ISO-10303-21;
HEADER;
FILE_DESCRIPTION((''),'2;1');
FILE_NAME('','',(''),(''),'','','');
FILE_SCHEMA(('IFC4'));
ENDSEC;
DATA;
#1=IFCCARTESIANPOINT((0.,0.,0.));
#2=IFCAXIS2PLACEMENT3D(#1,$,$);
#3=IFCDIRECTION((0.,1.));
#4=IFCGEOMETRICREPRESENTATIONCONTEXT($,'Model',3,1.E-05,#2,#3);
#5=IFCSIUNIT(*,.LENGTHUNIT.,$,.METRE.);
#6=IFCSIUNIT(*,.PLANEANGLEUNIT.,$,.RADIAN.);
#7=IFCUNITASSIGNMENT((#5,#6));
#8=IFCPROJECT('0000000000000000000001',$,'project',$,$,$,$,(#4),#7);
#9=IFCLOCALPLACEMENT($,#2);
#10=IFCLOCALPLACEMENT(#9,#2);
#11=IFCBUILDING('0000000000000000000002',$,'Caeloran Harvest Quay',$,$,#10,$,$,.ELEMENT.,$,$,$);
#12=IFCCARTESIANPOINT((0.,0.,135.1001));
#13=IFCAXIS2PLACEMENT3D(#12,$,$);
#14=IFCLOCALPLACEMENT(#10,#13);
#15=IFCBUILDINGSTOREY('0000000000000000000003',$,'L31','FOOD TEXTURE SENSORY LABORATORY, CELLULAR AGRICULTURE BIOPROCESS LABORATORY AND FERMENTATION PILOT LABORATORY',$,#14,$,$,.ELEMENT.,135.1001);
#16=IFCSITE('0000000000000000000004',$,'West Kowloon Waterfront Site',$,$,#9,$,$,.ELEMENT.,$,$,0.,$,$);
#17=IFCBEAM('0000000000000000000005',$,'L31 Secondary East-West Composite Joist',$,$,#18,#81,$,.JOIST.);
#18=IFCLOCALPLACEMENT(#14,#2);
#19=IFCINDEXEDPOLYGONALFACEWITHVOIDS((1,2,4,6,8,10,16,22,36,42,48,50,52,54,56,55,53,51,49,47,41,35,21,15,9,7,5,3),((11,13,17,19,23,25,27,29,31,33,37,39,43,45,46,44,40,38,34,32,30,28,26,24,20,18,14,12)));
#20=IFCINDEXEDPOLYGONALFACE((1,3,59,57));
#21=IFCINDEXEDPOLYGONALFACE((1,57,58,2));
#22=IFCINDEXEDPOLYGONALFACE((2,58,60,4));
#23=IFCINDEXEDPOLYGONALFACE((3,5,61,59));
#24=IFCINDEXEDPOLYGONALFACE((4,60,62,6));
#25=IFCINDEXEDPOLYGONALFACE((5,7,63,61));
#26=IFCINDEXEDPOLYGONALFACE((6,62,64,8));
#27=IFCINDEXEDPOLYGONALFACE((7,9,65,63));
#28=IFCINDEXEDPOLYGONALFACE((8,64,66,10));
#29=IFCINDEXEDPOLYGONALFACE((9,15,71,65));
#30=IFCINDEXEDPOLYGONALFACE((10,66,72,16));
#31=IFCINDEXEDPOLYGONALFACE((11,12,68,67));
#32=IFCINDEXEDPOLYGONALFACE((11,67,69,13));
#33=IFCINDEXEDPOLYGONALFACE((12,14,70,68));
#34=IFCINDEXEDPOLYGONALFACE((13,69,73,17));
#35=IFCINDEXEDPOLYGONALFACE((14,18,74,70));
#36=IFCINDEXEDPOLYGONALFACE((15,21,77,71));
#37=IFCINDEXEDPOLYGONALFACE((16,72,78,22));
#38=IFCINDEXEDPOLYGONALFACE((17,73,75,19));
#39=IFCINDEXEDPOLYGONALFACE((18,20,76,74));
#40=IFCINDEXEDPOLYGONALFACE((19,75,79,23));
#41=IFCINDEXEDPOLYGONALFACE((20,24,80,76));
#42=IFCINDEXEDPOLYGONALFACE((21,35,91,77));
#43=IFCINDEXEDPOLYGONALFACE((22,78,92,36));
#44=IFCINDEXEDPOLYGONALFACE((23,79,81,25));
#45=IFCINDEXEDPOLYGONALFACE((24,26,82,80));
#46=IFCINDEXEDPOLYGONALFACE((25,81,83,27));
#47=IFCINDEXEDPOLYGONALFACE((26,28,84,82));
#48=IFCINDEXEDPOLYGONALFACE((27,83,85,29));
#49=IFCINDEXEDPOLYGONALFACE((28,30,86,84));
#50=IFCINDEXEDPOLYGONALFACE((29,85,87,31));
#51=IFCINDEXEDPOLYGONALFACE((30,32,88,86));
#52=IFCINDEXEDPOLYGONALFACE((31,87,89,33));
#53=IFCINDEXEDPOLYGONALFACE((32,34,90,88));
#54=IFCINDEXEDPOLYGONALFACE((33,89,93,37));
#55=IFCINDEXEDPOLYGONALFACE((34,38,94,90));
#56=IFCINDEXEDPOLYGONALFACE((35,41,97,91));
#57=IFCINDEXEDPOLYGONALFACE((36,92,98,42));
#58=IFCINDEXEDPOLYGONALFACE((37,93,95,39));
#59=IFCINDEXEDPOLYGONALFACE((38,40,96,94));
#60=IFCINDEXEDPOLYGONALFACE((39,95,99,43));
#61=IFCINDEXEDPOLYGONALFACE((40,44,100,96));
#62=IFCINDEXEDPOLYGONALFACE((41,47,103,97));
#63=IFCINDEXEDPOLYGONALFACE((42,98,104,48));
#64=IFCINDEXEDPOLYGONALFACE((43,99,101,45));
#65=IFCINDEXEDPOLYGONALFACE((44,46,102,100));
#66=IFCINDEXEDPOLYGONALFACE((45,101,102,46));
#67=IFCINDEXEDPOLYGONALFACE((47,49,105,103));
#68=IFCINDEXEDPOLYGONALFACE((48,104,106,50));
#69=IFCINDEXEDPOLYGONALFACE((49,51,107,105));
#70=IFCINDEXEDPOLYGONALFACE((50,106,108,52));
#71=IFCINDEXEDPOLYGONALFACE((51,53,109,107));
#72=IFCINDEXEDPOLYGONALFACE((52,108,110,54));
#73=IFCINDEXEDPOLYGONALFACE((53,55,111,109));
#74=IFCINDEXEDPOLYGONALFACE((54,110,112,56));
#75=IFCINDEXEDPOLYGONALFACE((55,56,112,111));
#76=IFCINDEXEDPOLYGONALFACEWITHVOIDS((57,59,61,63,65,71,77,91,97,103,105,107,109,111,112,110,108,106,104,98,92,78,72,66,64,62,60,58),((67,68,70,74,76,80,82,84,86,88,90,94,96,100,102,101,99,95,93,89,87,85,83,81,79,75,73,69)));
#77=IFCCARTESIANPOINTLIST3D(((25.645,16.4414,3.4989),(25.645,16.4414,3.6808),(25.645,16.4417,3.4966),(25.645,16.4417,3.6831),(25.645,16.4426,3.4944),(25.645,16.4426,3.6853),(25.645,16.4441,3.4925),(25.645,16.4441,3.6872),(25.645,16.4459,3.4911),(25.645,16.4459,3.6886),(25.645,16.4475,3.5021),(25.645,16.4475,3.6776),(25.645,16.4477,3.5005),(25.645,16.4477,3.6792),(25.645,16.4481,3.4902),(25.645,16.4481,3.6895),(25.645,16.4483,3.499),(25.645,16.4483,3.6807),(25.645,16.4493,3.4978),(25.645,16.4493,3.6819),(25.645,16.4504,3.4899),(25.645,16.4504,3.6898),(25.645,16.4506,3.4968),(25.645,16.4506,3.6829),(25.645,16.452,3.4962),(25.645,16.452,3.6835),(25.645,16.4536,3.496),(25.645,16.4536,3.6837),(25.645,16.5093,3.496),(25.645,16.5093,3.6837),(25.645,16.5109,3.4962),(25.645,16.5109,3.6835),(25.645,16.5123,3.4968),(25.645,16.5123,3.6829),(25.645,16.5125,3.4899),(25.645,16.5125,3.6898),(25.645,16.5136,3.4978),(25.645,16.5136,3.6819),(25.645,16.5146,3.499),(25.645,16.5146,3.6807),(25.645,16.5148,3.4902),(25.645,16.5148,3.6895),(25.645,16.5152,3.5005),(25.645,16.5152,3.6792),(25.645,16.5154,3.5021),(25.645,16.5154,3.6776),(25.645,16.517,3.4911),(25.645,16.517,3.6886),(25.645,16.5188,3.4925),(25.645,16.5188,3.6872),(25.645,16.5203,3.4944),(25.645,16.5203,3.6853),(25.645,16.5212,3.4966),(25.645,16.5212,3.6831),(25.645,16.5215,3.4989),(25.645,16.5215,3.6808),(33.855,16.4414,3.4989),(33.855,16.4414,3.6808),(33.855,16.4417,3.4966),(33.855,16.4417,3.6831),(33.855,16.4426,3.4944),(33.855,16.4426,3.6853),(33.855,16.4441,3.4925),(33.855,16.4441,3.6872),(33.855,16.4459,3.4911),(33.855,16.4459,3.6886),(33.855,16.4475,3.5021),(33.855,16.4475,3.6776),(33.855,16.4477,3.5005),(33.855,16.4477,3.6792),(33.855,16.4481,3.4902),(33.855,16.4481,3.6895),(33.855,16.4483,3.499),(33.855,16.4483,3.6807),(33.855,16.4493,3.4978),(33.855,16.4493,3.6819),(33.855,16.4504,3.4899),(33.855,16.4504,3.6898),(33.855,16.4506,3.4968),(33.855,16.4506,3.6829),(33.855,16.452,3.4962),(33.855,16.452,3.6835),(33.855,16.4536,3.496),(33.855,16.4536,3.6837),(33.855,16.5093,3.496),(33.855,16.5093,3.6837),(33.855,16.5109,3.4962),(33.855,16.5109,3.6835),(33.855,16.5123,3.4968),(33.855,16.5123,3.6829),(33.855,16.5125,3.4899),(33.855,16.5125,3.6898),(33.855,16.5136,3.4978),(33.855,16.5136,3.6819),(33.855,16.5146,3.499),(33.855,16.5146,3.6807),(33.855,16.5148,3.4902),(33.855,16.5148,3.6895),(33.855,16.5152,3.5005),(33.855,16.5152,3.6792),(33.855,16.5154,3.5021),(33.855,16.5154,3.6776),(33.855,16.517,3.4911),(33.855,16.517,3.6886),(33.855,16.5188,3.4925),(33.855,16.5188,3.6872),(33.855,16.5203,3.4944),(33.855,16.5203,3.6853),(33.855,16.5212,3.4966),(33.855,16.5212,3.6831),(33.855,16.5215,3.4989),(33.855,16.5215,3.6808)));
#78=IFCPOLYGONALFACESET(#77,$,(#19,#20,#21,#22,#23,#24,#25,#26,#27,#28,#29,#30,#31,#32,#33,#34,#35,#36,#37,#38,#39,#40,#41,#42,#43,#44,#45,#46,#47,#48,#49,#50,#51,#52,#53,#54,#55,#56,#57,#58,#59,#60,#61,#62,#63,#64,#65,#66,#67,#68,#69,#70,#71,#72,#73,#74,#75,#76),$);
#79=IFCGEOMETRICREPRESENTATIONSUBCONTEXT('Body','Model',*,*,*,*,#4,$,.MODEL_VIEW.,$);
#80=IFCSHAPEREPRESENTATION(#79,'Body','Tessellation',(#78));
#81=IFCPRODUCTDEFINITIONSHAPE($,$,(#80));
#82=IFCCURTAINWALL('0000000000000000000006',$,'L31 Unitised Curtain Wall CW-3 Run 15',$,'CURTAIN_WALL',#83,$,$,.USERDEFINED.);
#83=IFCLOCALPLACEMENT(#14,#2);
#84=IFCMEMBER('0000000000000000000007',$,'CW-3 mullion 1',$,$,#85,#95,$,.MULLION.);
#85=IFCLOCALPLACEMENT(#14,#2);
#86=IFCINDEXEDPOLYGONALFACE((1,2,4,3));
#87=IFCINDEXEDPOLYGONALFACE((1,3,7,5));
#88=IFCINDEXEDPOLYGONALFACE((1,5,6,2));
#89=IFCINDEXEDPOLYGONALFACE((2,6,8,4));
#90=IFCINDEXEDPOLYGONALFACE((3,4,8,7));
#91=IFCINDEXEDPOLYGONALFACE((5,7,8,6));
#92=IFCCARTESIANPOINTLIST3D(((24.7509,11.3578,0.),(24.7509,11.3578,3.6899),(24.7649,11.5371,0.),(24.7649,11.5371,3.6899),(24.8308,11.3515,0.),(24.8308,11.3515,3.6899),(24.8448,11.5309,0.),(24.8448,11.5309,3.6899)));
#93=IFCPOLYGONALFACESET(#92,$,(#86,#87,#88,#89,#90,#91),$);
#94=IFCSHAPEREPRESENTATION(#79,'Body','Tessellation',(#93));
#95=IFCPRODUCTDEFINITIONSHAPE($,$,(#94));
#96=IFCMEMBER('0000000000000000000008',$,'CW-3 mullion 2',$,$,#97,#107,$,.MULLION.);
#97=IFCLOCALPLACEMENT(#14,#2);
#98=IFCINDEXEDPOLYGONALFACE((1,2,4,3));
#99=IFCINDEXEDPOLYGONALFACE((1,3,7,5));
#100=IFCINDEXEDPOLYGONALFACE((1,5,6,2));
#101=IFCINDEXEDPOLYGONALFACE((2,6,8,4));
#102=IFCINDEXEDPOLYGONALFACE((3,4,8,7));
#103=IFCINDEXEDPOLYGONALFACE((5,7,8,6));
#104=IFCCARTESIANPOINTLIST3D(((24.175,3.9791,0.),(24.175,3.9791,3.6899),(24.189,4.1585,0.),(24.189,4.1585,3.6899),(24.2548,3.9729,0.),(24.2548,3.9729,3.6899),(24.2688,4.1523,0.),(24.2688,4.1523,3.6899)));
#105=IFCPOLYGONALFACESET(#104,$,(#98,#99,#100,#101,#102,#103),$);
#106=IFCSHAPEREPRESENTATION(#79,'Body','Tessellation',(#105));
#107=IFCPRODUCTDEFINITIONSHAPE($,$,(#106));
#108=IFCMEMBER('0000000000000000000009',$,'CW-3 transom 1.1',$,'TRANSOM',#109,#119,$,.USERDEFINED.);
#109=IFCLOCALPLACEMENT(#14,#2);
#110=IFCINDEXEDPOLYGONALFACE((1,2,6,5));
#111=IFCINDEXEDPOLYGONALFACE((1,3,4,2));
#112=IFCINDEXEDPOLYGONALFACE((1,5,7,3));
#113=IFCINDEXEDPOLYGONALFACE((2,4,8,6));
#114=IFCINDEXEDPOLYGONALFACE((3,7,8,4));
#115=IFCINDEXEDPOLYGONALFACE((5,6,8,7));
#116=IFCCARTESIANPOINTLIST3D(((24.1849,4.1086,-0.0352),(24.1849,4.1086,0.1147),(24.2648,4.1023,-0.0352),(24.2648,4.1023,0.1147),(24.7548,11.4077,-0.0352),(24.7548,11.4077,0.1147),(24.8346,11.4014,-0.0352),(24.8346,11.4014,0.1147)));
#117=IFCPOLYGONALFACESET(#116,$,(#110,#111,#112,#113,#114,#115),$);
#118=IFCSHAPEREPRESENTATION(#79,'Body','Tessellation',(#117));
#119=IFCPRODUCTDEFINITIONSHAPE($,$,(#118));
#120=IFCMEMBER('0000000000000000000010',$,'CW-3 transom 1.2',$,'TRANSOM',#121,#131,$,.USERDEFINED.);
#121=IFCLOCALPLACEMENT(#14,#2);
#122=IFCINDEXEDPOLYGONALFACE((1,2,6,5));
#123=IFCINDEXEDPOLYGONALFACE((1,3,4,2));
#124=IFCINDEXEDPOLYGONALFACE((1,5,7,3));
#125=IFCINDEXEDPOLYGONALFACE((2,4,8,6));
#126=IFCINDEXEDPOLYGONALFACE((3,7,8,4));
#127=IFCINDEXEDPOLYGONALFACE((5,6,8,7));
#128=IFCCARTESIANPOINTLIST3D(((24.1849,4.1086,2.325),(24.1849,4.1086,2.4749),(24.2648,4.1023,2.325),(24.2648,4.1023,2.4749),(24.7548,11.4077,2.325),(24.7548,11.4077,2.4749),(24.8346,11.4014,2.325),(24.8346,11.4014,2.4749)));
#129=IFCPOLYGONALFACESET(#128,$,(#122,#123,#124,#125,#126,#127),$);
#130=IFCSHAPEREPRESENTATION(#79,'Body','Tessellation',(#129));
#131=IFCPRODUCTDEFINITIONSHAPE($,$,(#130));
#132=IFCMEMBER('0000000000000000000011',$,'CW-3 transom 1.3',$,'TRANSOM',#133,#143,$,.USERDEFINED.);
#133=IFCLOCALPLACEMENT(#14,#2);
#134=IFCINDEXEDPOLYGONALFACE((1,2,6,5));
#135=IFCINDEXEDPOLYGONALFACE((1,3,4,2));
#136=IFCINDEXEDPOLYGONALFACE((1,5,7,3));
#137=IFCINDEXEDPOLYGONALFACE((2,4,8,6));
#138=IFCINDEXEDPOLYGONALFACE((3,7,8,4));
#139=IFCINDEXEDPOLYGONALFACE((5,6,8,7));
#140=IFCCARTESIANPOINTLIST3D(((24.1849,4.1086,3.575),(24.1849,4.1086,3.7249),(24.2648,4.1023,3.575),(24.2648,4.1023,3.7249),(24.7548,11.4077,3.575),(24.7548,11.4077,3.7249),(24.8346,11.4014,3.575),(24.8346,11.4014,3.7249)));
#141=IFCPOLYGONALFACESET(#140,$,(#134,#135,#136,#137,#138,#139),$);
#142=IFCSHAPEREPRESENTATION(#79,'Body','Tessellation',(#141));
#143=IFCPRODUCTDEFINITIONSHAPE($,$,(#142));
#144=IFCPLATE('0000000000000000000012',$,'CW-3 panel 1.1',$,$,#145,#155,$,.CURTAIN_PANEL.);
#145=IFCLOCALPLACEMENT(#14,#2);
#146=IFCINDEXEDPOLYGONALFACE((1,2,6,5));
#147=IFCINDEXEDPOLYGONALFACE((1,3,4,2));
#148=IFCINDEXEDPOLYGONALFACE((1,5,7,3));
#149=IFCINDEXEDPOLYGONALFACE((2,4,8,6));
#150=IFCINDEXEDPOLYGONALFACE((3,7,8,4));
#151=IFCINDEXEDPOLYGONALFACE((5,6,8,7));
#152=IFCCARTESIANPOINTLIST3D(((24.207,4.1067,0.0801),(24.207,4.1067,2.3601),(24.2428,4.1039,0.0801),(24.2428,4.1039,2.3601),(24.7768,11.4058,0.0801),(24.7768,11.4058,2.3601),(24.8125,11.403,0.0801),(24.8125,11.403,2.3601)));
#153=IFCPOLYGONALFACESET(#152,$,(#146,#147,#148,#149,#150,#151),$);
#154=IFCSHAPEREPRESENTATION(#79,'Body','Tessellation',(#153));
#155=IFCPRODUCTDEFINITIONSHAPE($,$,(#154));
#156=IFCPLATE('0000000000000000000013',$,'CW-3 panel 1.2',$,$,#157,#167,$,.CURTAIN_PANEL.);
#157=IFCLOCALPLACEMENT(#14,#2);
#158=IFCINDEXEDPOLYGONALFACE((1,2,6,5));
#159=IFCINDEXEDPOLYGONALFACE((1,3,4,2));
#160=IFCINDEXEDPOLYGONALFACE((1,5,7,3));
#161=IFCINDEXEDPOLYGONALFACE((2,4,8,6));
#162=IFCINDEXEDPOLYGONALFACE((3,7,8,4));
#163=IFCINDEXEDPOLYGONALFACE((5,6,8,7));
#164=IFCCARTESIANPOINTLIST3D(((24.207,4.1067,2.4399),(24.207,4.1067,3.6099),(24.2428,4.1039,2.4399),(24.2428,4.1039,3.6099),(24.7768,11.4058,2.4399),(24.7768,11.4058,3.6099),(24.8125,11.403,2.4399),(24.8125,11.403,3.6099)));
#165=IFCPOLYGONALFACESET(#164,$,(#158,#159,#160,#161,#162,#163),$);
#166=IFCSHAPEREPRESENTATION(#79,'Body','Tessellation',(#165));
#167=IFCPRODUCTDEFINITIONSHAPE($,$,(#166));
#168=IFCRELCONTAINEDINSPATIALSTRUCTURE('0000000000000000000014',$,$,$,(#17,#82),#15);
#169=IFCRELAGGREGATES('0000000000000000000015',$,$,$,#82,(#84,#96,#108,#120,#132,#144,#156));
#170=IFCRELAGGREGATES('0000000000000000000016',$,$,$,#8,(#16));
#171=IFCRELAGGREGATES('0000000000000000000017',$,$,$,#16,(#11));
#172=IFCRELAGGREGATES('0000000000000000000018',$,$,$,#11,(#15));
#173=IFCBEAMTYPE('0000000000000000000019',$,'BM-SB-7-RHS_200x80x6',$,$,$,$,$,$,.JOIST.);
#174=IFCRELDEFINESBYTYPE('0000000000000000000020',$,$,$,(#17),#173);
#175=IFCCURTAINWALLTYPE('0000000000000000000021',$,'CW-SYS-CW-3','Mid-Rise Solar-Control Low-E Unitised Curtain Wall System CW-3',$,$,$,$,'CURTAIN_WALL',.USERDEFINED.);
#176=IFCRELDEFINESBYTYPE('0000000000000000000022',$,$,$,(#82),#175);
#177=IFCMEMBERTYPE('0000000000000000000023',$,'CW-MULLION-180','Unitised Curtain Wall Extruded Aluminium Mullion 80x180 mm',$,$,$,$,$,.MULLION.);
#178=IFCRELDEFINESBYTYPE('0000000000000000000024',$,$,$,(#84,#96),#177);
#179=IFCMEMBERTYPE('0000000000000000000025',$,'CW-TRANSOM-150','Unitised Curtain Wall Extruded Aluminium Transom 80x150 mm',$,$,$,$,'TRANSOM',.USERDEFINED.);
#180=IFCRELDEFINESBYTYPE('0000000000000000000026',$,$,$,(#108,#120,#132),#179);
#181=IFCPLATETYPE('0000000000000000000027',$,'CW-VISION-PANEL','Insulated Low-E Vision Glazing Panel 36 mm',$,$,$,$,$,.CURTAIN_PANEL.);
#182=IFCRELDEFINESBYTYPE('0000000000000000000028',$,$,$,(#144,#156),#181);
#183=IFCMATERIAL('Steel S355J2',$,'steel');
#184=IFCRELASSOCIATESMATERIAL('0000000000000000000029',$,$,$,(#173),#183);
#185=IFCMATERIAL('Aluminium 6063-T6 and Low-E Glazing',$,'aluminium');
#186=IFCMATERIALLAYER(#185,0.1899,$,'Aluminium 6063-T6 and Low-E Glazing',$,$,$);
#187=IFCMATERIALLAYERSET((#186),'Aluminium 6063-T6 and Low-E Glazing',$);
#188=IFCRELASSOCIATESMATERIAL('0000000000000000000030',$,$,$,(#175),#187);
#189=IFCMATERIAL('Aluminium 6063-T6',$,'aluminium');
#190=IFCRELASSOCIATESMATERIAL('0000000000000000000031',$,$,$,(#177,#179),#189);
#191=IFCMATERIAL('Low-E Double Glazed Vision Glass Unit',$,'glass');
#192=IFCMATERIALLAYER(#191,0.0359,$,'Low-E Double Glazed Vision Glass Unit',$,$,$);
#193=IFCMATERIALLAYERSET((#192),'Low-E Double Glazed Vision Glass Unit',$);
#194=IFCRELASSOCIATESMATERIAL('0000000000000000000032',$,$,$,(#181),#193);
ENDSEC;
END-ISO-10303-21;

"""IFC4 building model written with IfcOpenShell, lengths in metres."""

from ifc_helpers import new_model, si_unit, direction, frame, origin, origin_2d, place, context, subcontext, project, spatial, rectangle, hollow_rectangle, extrude, material, layer, layer_set, material_profile, profile_set, type_object, element, aggregate, save


model = new_model("IFC4")

# Units and contexts
model_context = context("Model", 3, precision=1e-05, world=origin(), true_north=direction((0.0, 1.0)))
body_context = subcontext(model_context, "Body", "Model", "MODEL_VIEW")
ifc_project = project(units=[si_unit("LENGTHUNIT", "METRE"), si_unit("PLANEANGLEUNIT", "RADIAN")], contexts=[model_context])

# Site, building, storey
site_placement = place(None, origin())
site = spatial("IfcSite", under=ifc_project, at=site_placement, Name="West Kowloon Waterfront Site", CompositionType="ELEMENT", RefElevation=0.0)
building_placement = place(site_placement, origin())
building = spatial("IfcBuilding", under=site, at=building_placement, Name="Caeloran Harvest Quay", CompositionType="ELEMENT")
storey_placement = place(building_placement, frame((0.0, 0.0, 135.1001)))
storey = spatial("IfcBuildingStorey", under=building, at=storey_placement, Name="L31", Description="FOOD TEXTURE SENSORY LABORATORY, CELLULAR AGRICULTURE BIOPROCESS LABORATORY AND FERMENTATION PILOT LABORATORY", CompositionType="ELEMENT", Elevation=135.1001)

# Beam
ifc_material_1 = material(Name="Steel S355J2", Category="steel")
ifc_material_profile_1 = material_profile(ifc_material_1, hollow_rectangle(XDim=0.0801, YDim=0.2, WallThickness=0.0061, InnerFilletRadius=0.0061, OuterFilletRadius=0.009, at=origin_2d()), Name="RHS 200x80x6")
ifc_profile_set_1 = profile_set([ifc_material_profile_1], Name="Steel S355J2")
beam_type_1 = type_object("IfcBeamType", Name="BM-SB-7-RHS_200x80x6", PredefinedType="JOIST", material=ifc_profile_set_1)
for number, where, z_axis, x_axis, name in (
    (1, (25.645, 16.4814, 3.5898), (1.0, 0.0, 0.0), (0.0, 1.0, 0.0), "L31 Secondary East-West Composite Joist"),
):
    element("IfcBeam", number, at=place(storey_placement, frame(where, z_axis=z_axis, x_axis=x_axis)), inside=storey, type_object=beam_type_1, Name=name, PredefinedType="JOIST", context=body_context, shape_type="SweptSolid", body=[
        extrude(hollow_rectangle(XDim=0.0801, YDim=0.2, WallThickness=0.0061, InnerFilletRadius=0.0061, OuterFilletRadius=0.009, at=origin_2d()), origin(), (0.0, 0.0, 1.0), 8.21),
    ])

# Curtain wall, members, plates
ifc_material_2 = material(Name="Aluminium 6063-T6 and Low-E Glazing", Category="aluminium")
ifc_layer_1 = layer(ifc_material_2, 0.1899, Name="Aluminium 6063-T6 and Low-E Glazing")
ifc_layer_set_1 = layer_set([ifc_layer_1], Name="Aluminium 6063-T6 and Low-E Glazing")
curtain_wall_type = type_object("IfcCurtainWallType", Name="CW-SYS-CW-3", Description="Mid-Rise Solar-Control Low-E Unitised Curtain Wall System CW-3", ElementType="CURTAIN_WALL", PredefinedType="USERDEFINED", material=ifc_layer_set_1)
curtain_wall_placement = place(storey_placement, origin())
curtain_wall = element("IfcCurtainWall", 2, at=curtain_wall_placement, inside=storey, type_object=curtain_wall_type, Name="L31 Unitised Curtain Wall CW-3 Run 15", ObjectType="CURTAIN_WALL", PredefinedType="USERDEFINED")
ifc_material_3 = material(Name="Aluminium 6063-T6", Category="aluminium")
ifc_material_profile_2 = material_profile(ifc_material_3, rectangle(XDim=0.0801, YDim=0.1799, at=origin_2d()), Name="CW-MULLION-180")
ifc_profile_set_2 = profile_set([ifc_material_profile_2], Name="Aluminium 6063-T6")
member_type_1 = type_object("IfcMemberType", Name="CW-MULLION-180", Description="Unitised Curtain Wall Extruded Aluminium Mullion 80x180 mm", PredefinedType="MULLION", material=ifc_profile_set_2)
member_1_placement = place(storey_placement, frame((24.7979, 11.4443, 0.0), z_axis=(0.0, 0.0, 1.0), x_axis=(0.996967, -0.077822, 0.0)))
member_1 = element("IfcMember", 3, at=member_1_placement, type_object=member_type_1, Name="CW-3 mullion 1", PredefinedType="MULLION", context=body_context, shape_type="SweptSolid", body=[
    extrude(rectangle(XDim=0.0801, YDim=0.1799, at=origin_2d()), origin(), (0.0, 0.0, 1.0), 3.6899),
])
member_2_placement = place(storey_placement, frame((24.2219, 4.0657, 0.0), z_axis=(0.0, 0.0, 1.0), x_axis=(0.996967, -0.077822, 0.0)))
member_2 = element("IfcMember", 4, at=member_2_placement, type_object=member_type_1, Name="CW-3 mullion 2", PredefinedType="MULLION", context=body_context, shape_type="SweptSolid", body=[
    extrude(rectangle(XDim=0.0801, YDim=0.1799, at=origin_2d()), origin(), (0.0, 0.0, 1.0), 3.6899),
])
ifc_material_profile_3 = material_profile(ifc_material_3, rectangle(XDim=0.0801, YDim=0.1499, at=origin_2d()), Name="CW-TRANSOM-150")
ifc_profile_set_3 = profile_set([ifc_material_profile_3], Name="Aluminium 6063-T6")
member_type_2 = type_object("IfcMemberType", Name="CW-TRANSOM-150", Description="Unitised Curtain Wall Extruded Aluminium Transom 80x150 mm", ElementType="TRANSOM", PredefinedType="USERDEFINED", material=ifc_profile_set_3)
member_3_placement = place(storey_placement, frame((24.7947, 11.4045, 0.0398), z_axis=(-0.077831, -0.996967, 0.0), x_axis=(0.996967, -0.077831, 0.0)))
member_3 = element("IfcMember", 5, at=member_3_placement, type_object=member_type_2, Name="CW-3 transom 1.1", ObjectType="TRANSOM", PredefinedType="USERDEFINED", context=body_context, shape_type="SweptSolid", body=[
    extrude(rectangle(XDim=0.0801, YDim=0.1499, at=origin_2d()), origin(), (0.0, 0.0, 1.0), 7.3213),
])
member_4_placement = place(storey_placement, frame((24.7947, 11.4045, 2.3999), z_axis=(-0.077831, -0.996967, 0.0), x_axis=(0.996967, -0.077831, 0.0)))
member_4 = element("IfcMember", 6, at=member_4_placement, type_object=member_type_2, Name="CW-3 transom 1.2", ObjectType="TRANSOM", PredefinedType="USERDEFINED", context=body_context, shape_type="SweptSolid", body=[
    extrude(rectangle(XDim=0.0801, YDim=0.1499, at=origin_2d()), origin(), (0.0, 0.0, 1.0), 7.3213),
])
member_5_placement = place(storey_placement, frame((24.7947, 11.4045, 3.6499), z_axis=(-0.077831, -0.996967, 0.0), x_axis=(0.996967, -0.077831, 0.0)))
member_5 = element("IfcMember", 7, at=member_5_placement, type_object=member_type_2, Name="CW-3 transom 1.3", ObjectType="TRANSOM", PredefinedType="USERDEFINED", context=body_context, shape_type="SweptSolid", body=[
    extrude(rectangle(XDim=0.0801, YDim=0.1499, at=origin_2d()), origin(), (0.0, 0.0, 1.0), 7.3213),
])
ifc_material_4 = material(Name="Low-E Double Glazed Vision Glass Unit", Category="glass")
ifc_layer_2 = layer(ifc_material_4, 0.0359, Name="Low-E Double Glazed Vision Glass Unit")
ifc_layer_set_2 = layer_set([ifc_layer_2], Name="Low-E Double Glazed Vision Glass Unit")
plate_type = type_object("IfcPlateType", Name="CW-VISION-PANEL", Description="Insulated Low-E Vision Glazing Panel 36 mm", PredefinedType="CURTAIN_PANEL", material=ifc_layer_set_2)
plate_1_placement = place(storey_placement, frame((24.5098, 7.7549, 0.0801), z_axis=(0.0, 0.0, 1.0), x_axis=(-0.077822, -0.996967, 0.0)))
plate_1 = element("IfcPlate", 8, at=plate_1_placement, type_object=plate_type, Name="CW-3 panel 1.1", PredefinedType="CURTAIN_PANEL", context=body_context, shape_type="SweptSolid", body=[
    extrude(rectangle(XDim=7.3213, YDim=0.0359, at=origin_2d()), origin(), (0.0, 0.0, 1.0), 2.28),
])
plate_2_placement = place(storey_placement, frame((24.5098, 7.7549, 2.4399), z_axis=(0.0, 0.0, 1.0), x_axis=(-0.077822, -0.996967, 0.0)))
plate_2 = element("IfcPlate", 9, at=plate_2_placement, type_object=plate_type, Name="CW-3 panel 1.2", PredefinedType="CURTAIN_PANEL", context=body_context, shape_type="SweptSolid", body=[
    extrude(rectangle(XDim=7.3213, YDim=0.0359, at=origin_2d()), origin(), (0.0, 0.0, 1.0), 1.1699),
])
aggregate(curtain_wall, [member_1, member_2, member_3, member_4, member_5, plate_1, plate_2])

save(model, "model.ifc")
